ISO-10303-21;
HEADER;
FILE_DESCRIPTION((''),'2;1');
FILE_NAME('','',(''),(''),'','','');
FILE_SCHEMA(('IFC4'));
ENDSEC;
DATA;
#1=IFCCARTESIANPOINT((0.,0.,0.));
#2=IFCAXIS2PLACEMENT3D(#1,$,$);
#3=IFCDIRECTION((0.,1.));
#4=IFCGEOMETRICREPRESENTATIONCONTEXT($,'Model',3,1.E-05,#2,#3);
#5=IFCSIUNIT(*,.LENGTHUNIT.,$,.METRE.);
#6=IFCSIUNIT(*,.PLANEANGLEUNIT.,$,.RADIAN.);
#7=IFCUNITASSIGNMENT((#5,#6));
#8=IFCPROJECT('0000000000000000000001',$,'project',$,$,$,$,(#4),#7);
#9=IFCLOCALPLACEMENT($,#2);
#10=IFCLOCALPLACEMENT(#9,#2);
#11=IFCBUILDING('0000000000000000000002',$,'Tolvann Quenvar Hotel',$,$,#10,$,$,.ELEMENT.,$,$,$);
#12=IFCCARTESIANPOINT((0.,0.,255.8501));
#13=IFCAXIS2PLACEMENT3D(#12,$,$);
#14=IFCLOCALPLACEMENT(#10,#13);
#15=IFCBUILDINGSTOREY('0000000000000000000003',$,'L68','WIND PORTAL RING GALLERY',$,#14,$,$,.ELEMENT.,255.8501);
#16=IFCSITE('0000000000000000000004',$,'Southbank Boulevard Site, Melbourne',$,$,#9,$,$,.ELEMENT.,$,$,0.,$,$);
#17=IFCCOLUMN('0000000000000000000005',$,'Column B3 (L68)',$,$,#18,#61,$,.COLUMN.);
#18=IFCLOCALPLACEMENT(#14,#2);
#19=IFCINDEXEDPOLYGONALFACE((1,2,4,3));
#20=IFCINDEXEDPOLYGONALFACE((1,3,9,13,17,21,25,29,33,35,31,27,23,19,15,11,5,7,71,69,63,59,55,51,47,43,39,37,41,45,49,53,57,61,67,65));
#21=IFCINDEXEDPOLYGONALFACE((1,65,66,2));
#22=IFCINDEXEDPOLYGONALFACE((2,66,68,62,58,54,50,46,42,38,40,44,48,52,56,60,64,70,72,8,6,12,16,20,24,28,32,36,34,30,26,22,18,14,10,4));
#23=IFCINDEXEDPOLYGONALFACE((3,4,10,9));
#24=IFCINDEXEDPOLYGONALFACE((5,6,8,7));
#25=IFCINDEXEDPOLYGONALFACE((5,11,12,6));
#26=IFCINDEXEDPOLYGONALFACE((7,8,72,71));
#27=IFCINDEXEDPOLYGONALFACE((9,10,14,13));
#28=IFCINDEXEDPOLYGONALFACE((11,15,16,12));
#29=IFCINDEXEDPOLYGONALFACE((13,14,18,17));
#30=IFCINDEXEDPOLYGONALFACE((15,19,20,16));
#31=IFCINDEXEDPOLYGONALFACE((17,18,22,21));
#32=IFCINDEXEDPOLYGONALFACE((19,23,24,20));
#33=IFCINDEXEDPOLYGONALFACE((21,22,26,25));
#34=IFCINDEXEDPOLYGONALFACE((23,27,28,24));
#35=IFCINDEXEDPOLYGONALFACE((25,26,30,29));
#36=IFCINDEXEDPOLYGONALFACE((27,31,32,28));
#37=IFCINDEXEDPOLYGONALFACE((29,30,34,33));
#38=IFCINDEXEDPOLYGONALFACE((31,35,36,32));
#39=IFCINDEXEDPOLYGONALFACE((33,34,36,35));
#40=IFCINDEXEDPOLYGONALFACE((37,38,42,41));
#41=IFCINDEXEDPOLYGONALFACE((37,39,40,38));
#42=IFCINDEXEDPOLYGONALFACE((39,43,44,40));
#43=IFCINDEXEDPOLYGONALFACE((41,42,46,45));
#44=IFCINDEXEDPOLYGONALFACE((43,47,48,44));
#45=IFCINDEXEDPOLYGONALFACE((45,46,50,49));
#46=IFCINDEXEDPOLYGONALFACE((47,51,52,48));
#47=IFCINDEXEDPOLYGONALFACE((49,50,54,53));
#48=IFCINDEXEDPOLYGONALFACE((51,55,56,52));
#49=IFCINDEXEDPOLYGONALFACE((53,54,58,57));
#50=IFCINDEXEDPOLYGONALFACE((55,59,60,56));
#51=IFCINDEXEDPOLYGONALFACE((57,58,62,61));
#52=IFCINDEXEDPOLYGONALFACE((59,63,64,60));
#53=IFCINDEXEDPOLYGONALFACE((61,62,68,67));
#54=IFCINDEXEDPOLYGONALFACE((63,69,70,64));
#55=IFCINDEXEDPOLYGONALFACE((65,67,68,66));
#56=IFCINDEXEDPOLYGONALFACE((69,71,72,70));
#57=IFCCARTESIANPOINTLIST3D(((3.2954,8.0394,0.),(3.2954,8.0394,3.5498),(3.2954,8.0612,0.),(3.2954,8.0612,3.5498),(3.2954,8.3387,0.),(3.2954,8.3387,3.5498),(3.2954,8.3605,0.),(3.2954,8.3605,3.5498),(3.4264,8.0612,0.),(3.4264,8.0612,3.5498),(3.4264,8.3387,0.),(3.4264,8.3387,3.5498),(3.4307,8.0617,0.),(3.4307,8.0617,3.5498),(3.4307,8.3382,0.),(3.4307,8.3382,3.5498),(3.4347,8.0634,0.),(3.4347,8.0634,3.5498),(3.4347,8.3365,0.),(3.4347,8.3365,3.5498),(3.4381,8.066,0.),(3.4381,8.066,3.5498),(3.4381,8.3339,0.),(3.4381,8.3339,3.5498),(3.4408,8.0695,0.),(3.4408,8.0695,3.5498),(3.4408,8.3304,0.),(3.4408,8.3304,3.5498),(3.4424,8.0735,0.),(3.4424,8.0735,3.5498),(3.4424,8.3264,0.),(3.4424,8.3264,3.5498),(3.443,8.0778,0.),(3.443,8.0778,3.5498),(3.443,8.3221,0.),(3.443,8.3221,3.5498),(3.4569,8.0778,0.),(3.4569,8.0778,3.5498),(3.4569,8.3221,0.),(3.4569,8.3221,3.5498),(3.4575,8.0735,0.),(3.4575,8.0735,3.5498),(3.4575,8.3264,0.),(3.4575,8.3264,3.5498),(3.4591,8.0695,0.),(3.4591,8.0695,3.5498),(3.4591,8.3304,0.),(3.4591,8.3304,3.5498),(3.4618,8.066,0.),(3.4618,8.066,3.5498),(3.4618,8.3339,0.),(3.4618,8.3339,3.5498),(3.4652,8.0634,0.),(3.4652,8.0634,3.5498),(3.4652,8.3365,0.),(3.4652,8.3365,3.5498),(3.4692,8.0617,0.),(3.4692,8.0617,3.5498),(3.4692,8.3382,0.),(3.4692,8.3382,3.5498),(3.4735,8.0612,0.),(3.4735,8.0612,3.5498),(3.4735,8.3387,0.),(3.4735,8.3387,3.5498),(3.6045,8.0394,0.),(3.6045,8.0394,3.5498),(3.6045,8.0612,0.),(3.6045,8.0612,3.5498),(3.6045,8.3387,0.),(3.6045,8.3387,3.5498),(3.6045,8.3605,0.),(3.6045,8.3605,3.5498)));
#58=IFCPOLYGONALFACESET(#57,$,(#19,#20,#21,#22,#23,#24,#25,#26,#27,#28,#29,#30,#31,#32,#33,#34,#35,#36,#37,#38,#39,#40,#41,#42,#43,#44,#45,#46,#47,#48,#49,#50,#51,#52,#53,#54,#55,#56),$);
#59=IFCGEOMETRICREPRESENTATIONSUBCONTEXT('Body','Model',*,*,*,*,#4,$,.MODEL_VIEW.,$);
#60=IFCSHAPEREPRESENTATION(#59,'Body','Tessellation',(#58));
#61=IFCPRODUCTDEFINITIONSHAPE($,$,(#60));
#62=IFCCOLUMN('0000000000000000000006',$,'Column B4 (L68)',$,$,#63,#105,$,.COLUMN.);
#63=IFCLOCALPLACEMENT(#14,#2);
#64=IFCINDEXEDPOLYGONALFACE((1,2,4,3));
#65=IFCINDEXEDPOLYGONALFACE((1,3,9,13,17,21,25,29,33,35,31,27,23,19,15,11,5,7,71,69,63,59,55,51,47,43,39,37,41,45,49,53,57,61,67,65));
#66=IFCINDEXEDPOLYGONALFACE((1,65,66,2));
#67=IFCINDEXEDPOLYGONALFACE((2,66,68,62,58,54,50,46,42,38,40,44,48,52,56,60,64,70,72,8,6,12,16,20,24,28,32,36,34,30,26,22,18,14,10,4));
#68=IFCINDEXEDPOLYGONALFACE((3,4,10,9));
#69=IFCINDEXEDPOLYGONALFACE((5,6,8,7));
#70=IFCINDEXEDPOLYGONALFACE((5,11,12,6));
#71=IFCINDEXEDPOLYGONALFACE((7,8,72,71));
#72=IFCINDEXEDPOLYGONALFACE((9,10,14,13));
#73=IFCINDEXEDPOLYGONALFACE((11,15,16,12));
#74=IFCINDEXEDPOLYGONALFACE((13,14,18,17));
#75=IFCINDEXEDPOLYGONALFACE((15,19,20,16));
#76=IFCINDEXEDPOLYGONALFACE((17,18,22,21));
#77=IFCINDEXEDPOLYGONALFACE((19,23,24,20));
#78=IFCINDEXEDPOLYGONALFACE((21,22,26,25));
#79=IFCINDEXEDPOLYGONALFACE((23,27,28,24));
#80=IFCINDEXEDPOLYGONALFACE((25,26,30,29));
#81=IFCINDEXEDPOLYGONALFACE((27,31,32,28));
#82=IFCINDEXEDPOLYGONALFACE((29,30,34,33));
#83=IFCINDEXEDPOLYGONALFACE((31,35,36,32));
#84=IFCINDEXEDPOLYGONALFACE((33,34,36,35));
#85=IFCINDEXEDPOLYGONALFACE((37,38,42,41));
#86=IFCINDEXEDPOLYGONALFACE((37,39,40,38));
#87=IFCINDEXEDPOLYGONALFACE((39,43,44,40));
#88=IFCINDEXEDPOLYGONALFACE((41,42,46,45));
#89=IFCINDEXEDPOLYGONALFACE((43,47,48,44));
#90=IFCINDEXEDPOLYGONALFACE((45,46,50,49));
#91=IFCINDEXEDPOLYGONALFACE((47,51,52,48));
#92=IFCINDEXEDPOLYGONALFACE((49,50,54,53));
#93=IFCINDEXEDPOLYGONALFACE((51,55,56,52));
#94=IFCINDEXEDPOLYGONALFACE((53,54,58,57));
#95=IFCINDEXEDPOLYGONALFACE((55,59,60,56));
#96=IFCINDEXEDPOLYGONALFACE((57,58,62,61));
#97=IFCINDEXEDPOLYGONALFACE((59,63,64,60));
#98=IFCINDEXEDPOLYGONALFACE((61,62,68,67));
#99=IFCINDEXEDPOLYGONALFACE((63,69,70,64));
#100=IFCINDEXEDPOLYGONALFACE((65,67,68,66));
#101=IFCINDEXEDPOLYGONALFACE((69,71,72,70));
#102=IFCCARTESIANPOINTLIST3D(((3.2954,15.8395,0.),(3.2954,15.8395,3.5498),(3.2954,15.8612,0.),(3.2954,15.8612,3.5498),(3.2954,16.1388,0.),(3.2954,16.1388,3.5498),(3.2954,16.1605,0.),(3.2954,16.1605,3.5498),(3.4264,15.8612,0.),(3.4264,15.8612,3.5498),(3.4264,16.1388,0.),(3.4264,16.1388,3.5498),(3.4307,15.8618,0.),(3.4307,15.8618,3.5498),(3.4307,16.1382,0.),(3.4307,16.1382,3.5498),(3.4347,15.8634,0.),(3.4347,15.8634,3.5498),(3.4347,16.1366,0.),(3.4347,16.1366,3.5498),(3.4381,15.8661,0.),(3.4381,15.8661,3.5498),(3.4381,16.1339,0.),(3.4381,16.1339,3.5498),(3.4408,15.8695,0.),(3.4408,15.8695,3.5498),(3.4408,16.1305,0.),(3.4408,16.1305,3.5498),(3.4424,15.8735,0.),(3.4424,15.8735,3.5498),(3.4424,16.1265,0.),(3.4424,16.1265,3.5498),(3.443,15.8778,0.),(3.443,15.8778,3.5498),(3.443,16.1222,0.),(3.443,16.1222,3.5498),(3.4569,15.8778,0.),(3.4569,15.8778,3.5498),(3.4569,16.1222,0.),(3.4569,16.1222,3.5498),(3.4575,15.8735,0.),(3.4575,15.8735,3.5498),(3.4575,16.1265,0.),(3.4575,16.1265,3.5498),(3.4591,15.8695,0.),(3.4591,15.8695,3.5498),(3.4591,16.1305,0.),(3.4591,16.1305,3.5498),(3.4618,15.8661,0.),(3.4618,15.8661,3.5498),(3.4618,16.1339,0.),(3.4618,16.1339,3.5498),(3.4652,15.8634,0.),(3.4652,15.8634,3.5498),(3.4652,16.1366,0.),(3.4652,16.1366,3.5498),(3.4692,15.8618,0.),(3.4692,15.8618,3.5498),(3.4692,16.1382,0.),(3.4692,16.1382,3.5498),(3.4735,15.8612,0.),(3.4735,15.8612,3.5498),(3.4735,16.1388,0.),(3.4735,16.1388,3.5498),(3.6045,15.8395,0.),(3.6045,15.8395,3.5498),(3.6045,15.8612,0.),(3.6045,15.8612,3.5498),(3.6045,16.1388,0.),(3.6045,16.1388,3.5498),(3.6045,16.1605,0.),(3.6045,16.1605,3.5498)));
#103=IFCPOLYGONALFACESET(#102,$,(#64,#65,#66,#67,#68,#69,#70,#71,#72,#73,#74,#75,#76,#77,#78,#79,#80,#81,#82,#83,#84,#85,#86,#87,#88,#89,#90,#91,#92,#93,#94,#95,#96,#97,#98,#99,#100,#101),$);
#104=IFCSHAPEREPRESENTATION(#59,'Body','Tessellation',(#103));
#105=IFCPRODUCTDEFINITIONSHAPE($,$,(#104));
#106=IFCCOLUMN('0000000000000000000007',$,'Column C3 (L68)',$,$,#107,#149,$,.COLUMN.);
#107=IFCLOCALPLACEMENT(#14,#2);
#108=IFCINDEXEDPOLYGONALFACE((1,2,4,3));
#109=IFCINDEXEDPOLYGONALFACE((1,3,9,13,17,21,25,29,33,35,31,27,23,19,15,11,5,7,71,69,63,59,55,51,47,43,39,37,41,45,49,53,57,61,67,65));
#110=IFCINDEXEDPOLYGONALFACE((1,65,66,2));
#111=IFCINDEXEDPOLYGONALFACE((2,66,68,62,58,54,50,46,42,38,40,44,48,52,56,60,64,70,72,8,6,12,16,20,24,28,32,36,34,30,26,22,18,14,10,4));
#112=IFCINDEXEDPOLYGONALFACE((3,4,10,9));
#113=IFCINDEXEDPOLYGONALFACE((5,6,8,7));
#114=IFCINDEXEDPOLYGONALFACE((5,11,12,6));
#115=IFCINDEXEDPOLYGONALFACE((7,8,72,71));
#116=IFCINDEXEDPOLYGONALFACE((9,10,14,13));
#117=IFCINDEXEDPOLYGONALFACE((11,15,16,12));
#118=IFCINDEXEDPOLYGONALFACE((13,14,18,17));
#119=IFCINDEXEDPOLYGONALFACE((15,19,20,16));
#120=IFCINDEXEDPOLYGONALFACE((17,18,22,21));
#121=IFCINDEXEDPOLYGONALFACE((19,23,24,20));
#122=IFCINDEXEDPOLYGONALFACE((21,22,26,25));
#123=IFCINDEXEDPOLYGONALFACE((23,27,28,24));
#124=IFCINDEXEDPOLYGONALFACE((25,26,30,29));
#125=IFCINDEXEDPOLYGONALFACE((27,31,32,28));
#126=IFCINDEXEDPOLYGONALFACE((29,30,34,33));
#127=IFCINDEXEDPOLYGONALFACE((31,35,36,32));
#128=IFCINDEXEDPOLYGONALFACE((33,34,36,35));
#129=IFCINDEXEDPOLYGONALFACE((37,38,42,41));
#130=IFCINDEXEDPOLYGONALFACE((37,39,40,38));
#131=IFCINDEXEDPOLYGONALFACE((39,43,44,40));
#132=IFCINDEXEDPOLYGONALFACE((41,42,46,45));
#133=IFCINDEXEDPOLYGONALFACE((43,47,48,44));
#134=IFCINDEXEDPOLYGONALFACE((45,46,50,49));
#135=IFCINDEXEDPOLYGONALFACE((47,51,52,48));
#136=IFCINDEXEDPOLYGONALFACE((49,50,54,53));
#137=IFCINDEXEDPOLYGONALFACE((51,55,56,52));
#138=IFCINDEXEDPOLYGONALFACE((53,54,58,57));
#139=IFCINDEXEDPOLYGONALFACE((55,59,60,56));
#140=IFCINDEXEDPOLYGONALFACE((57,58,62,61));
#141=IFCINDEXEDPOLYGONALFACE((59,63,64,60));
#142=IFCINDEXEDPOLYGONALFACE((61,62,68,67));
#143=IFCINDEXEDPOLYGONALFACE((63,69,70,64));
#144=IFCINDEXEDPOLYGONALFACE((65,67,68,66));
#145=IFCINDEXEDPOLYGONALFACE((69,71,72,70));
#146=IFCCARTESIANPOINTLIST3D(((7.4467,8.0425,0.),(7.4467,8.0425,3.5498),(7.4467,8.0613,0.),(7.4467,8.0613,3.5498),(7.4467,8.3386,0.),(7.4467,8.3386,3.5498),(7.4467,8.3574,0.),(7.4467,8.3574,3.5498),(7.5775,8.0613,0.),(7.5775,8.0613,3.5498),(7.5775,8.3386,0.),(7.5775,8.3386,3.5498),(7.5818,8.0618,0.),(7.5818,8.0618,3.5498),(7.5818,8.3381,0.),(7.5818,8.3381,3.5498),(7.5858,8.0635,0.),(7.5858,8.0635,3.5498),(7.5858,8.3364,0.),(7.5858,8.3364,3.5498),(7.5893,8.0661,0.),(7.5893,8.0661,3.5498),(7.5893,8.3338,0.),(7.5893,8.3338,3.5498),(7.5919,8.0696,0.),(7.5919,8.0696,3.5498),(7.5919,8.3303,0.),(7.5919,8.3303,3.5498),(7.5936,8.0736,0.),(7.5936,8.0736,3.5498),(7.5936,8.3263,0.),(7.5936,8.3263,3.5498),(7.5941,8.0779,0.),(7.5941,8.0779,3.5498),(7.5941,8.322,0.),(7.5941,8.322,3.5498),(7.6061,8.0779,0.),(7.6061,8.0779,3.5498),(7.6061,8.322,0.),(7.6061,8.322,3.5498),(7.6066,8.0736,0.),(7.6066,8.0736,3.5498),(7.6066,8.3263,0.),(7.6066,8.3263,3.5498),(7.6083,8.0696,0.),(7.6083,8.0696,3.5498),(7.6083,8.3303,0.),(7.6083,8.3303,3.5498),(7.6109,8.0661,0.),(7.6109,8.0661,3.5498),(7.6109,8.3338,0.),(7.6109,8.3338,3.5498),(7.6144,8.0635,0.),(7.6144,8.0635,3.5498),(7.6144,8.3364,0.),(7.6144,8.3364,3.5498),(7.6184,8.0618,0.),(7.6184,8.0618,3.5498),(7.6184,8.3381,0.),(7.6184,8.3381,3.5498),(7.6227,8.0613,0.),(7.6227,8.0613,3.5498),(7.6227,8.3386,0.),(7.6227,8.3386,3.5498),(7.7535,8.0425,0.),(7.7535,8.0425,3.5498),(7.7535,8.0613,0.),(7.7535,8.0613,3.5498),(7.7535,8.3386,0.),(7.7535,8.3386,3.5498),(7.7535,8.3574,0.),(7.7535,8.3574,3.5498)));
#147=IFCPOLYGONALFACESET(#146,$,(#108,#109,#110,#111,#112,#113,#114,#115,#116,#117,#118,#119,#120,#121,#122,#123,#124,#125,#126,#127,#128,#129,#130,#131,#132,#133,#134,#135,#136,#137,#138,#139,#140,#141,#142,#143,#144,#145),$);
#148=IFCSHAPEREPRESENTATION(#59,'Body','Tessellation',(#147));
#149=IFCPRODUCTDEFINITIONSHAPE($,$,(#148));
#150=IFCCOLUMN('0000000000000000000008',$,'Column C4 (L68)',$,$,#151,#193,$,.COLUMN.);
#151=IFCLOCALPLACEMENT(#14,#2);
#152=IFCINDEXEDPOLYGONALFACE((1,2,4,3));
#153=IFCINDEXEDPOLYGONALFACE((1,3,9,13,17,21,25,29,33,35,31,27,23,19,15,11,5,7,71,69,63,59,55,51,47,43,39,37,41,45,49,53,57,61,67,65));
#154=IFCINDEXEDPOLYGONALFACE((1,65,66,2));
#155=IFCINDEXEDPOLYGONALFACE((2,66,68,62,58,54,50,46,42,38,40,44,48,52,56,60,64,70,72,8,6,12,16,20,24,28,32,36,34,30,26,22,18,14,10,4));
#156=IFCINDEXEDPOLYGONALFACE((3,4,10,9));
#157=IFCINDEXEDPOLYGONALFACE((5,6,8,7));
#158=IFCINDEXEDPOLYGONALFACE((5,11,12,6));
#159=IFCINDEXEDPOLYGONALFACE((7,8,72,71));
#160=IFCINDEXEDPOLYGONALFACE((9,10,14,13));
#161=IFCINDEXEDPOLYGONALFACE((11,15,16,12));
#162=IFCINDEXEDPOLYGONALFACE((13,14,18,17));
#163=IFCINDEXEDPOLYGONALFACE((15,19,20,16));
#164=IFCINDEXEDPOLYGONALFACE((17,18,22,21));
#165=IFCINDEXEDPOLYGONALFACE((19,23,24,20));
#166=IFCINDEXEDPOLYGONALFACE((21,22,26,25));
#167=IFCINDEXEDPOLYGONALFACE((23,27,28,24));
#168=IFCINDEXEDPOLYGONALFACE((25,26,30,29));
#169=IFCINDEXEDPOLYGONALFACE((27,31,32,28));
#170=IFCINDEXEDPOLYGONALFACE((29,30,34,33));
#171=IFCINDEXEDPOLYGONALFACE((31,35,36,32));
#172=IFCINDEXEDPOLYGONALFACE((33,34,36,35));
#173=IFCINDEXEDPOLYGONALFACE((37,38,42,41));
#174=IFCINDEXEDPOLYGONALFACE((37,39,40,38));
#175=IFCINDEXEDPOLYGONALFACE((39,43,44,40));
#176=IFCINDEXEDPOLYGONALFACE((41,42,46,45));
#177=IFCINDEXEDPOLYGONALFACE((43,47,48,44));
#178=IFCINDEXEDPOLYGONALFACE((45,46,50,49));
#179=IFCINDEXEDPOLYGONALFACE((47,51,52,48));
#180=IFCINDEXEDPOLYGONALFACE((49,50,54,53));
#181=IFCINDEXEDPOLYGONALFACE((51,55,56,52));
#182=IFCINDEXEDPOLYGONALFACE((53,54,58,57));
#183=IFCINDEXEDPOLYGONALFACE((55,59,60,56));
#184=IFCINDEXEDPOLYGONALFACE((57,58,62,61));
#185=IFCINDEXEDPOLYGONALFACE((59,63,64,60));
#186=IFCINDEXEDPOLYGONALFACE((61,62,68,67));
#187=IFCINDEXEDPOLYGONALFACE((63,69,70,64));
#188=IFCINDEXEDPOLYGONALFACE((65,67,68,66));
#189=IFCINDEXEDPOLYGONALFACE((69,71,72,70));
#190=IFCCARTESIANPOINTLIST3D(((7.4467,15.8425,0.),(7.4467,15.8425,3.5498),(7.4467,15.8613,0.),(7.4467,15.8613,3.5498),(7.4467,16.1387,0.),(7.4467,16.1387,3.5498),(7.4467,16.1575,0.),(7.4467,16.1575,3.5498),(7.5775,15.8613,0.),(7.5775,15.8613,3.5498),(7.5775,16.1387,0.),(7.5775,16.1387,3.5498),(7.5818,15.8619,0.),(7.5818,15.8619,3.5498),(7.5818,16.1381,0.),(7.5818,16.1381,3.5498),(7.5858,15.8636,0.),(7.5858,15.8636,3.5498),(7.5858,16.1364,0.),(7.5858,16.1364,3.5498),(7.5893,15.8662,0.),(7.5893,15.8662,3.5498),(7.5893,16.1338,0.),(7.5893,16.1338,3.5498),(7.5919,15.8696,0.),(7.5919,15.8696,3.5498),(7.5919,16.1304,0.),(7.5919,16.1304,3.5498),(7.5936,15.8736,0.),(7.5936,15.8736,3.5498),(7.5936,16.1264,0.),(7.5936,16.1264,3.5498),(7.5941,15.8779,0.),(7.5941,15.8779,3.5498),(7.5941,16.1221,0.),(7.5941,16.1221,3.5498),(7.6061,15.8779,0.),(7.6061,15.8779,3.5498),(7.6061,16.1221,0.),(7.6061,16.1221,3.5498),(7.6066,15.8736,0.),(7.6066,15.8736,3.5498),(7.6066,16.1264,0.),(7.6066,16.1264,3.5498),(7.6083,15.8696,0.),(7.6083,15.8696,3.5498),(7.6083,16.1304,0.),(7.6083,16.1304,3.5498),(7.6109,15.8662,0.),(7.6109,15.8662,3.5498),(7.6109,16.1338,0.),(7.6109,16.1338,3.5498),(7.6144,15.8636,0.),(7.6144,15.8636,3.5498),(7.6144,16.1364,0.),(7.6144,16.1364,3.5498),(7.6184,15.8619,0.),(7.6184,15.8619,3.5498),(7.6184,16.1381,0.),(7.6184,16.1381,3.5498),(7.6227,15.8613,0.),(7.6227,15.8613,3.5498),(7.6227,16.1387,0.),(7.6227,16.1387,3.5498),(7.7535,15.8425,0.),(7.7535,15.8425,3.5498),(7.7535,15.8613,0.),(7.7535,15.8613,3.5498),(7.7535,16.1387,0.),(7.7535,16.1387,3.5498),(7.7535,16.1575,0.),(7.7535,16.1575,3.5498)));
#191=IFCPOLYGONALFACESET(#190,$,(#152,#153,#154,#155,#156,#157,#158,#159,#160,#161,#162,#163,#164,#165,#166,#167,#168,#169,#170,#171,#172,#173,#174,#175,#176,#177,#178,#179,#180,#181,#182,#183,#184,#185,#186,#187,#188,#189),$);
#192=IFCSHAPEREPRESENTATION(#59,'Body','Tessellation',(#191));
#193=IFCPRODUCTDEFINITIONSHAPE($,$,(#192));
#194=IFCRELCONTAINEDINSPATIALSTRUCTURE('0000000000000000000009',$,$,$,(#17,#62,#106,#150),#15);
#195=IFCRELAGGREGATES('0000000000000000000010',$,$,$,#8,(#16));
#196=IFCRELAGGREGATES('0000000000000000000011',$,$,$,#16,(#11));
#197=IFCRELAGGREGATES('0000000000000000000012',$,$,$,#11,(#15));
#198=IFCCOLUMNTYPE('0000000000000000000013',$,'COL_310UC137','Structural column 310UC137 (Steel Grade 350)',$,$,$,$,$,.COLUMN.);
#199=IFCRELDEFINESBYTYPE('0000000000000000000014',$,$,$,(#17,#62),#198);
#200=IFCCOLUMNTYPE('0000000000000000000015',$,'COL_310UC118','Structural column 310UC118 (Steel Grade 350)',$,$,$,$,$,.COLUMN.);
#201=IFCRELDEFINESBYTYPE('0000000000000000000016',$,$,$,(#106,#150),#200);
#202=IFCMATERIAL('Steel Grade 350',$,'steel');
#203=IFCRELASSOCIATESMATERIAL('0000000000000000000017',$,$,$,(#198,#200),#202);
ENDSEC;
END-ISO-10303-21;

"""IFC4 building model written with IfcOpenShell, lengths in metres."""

from ifc_helpers import new_model, si_unit, direction, frame, origin, origin_2d, place, context, subcontext, project, spatial, i_section, extrude, source, transform, mapped, material, material_profile, profile_set, type_object, type_shapes, element, save


model = new_model("IFC4")

# Units and contexts
model_context = context("Model", 3, precision=1e-05, world=origin(), true_north=direction((0.0, 1.0)))
body_context = subcontext(model_context, "Body", "Model", "MODEL_VIEW")
ifc_project = project(units=[si_unit("LENGTHUNIT", "METRE"), si_unit("PLANEANGLEUNIT", "RADIAN")], contexts=[model_context])

# Site, building, storey
site_placement = place(None, origin())
site = spatial("IfcSite", under=ifc_project, at=site_placement, Name="Southbank Boulevard Site, Melbourne", CompositionType="ELEMENT", RefElevation=0.0)
building_placement = place(site_placement, origin())
building = spatial("IfcBuilding", under=site, at=building_placement, Name="Tolvann Quenvar Hotel", CompositionType="ELEMENT")
storey_placement = place(building_placement, frame((0.0, 0.0, 255.8501)))
storey = spatial("IfcBuildingStorey", under=building, at=storey_placement, Name="L68", Description="WIND PORTAL RING GALLERY", CompositionType="ELEMENT", Elevation=255.8501)

# Columns
ifc_material_1 = material(Name="Steel Grade 350", Category="steel")
ifc_material_profile_1 = material_profile(ifc_material_1, i_section(OverallWidth=0.3091, OverallDepth=0.321, WebThickness=0.0139, FlangeThickness=0.0217, FilletRadius=0.0166, at=origin_2d()), Name="310UC137")
ifc_profile_set_1 = profile_set([ifc_material_profile_1], Name="Steel Grade 350")
column_type_1 = type_object("IfcColumnType", Name="COL_310UC137", Description="Structural column 310UC137 (Steel Grade 350)", PredefinedType="COLUMN", material=ifc_profile_set_1)
shared_shape_1 = source(origin(), body_context, "Body", "SweptSolid", [
    extrude(i_section(OverallWidth=0.3091, OverallDepth=0.321, WebThickness=0.0139, FlangeThickness=0.0217, FilletRadius=0.0166, at=origin_2d()), origin(), (0.0, 0.0, 1.0), 3.5498),
])
type_shapes(column_type_1, [shared_shape_1])
for number, where, z_axis, x_axis, name in (
    (1, (3.45, 8.2, 0.0), (0.0, 0.0, 1.0), (1.0, 0.0, 0.0), "Column B3 (L68)"),
    (2, (3.45, 16.0, 0.0), (0.0, 0.0, 1.0), (1.0, 0.0, 0.0), "Column B4 (L68)"),
):
    element("IfcColumn", number, at=place(storey_placement, frame(where, z_axis=z_axis, x_axis=x_axis)), inside=storey, type_object=column_type_1, Name=name, PredefinedType="COLUMN", context=body_context, shape_type="MappedRepresentation", body=[
        mapped(shared_shape_1, transform((0.0, 0.0, 0.0), x_axis=(1.0, 0.0, 0.0), y_axis=(0.0, 1.0, 0.0), z_axis=(0.0, 0.0, 1.0), scale=1.0)),
    ])
ifc_material_profile_2 = material_profile(ifc_material_1, i_section(OverallWidth=0.3069, OverallDepth=0.3149, WebThickness=0.012, FlangeThickness=0.0188, FilletRadius=0.0166, at=origin_2d()), Name="310UC118")
ifc_profile_set_2 = profile_set([ifc_material_profile_2], Name="Steel Grade 350")
column_type_2 = type_object("IfcColumnType", Name="COL_310UC118", Description="Structural column 310UC118 (Steel Grade 350)", PredefinedType="COLUMN", material=ifc_profile_set_2)
shared_shape_2 = source(origin(), body_context, "Body", "SweptSolid", [
    extrude(i_section(OverallWidth=0.3069, OverallDepth=0.3149, WebThickness=0.012, FlangeThickness=0.0188, FilletRadius=0.0166, at=origin_2d()), origin(), (0.0, 0.0, 1.0), 3.5498),
])
type_shapes(column_type_2, [shared_shape_2])
for number, where, z_axis, x_axis, name in (
    (3, (7.6001, 8.2, 0.0), (0.0, 0.0, 1.0), (1.0, 0.0, 0.0), "Column C3 (L68)"),
    (4, (7.6001, 16.0, 0.0), (0.0, 0.0, 1.0), (1.0, 0.0, 0.0), "Column C4 (L68)"),
):
    element("IfcColumn", number, at=place(storey_placement, frame(where, z_axis=z_axis, x_axis=x_axis)), inside=storey, type_object=column_type_2, Name=name, PredefinedType="COLUMN", context=body_context, shape_type="MappedRepresentation", body=[
        mapped(shared_shape_2, transform((0.0, 0.0, 0.0), x_axis=(1.0, 0.0, 0.0), y_axis=(0.0, 1.0, 0.0), z_axis=(0.0, 0.0, 1.0), scale=1.0)),
    ])

save(model, "model.ifc")
